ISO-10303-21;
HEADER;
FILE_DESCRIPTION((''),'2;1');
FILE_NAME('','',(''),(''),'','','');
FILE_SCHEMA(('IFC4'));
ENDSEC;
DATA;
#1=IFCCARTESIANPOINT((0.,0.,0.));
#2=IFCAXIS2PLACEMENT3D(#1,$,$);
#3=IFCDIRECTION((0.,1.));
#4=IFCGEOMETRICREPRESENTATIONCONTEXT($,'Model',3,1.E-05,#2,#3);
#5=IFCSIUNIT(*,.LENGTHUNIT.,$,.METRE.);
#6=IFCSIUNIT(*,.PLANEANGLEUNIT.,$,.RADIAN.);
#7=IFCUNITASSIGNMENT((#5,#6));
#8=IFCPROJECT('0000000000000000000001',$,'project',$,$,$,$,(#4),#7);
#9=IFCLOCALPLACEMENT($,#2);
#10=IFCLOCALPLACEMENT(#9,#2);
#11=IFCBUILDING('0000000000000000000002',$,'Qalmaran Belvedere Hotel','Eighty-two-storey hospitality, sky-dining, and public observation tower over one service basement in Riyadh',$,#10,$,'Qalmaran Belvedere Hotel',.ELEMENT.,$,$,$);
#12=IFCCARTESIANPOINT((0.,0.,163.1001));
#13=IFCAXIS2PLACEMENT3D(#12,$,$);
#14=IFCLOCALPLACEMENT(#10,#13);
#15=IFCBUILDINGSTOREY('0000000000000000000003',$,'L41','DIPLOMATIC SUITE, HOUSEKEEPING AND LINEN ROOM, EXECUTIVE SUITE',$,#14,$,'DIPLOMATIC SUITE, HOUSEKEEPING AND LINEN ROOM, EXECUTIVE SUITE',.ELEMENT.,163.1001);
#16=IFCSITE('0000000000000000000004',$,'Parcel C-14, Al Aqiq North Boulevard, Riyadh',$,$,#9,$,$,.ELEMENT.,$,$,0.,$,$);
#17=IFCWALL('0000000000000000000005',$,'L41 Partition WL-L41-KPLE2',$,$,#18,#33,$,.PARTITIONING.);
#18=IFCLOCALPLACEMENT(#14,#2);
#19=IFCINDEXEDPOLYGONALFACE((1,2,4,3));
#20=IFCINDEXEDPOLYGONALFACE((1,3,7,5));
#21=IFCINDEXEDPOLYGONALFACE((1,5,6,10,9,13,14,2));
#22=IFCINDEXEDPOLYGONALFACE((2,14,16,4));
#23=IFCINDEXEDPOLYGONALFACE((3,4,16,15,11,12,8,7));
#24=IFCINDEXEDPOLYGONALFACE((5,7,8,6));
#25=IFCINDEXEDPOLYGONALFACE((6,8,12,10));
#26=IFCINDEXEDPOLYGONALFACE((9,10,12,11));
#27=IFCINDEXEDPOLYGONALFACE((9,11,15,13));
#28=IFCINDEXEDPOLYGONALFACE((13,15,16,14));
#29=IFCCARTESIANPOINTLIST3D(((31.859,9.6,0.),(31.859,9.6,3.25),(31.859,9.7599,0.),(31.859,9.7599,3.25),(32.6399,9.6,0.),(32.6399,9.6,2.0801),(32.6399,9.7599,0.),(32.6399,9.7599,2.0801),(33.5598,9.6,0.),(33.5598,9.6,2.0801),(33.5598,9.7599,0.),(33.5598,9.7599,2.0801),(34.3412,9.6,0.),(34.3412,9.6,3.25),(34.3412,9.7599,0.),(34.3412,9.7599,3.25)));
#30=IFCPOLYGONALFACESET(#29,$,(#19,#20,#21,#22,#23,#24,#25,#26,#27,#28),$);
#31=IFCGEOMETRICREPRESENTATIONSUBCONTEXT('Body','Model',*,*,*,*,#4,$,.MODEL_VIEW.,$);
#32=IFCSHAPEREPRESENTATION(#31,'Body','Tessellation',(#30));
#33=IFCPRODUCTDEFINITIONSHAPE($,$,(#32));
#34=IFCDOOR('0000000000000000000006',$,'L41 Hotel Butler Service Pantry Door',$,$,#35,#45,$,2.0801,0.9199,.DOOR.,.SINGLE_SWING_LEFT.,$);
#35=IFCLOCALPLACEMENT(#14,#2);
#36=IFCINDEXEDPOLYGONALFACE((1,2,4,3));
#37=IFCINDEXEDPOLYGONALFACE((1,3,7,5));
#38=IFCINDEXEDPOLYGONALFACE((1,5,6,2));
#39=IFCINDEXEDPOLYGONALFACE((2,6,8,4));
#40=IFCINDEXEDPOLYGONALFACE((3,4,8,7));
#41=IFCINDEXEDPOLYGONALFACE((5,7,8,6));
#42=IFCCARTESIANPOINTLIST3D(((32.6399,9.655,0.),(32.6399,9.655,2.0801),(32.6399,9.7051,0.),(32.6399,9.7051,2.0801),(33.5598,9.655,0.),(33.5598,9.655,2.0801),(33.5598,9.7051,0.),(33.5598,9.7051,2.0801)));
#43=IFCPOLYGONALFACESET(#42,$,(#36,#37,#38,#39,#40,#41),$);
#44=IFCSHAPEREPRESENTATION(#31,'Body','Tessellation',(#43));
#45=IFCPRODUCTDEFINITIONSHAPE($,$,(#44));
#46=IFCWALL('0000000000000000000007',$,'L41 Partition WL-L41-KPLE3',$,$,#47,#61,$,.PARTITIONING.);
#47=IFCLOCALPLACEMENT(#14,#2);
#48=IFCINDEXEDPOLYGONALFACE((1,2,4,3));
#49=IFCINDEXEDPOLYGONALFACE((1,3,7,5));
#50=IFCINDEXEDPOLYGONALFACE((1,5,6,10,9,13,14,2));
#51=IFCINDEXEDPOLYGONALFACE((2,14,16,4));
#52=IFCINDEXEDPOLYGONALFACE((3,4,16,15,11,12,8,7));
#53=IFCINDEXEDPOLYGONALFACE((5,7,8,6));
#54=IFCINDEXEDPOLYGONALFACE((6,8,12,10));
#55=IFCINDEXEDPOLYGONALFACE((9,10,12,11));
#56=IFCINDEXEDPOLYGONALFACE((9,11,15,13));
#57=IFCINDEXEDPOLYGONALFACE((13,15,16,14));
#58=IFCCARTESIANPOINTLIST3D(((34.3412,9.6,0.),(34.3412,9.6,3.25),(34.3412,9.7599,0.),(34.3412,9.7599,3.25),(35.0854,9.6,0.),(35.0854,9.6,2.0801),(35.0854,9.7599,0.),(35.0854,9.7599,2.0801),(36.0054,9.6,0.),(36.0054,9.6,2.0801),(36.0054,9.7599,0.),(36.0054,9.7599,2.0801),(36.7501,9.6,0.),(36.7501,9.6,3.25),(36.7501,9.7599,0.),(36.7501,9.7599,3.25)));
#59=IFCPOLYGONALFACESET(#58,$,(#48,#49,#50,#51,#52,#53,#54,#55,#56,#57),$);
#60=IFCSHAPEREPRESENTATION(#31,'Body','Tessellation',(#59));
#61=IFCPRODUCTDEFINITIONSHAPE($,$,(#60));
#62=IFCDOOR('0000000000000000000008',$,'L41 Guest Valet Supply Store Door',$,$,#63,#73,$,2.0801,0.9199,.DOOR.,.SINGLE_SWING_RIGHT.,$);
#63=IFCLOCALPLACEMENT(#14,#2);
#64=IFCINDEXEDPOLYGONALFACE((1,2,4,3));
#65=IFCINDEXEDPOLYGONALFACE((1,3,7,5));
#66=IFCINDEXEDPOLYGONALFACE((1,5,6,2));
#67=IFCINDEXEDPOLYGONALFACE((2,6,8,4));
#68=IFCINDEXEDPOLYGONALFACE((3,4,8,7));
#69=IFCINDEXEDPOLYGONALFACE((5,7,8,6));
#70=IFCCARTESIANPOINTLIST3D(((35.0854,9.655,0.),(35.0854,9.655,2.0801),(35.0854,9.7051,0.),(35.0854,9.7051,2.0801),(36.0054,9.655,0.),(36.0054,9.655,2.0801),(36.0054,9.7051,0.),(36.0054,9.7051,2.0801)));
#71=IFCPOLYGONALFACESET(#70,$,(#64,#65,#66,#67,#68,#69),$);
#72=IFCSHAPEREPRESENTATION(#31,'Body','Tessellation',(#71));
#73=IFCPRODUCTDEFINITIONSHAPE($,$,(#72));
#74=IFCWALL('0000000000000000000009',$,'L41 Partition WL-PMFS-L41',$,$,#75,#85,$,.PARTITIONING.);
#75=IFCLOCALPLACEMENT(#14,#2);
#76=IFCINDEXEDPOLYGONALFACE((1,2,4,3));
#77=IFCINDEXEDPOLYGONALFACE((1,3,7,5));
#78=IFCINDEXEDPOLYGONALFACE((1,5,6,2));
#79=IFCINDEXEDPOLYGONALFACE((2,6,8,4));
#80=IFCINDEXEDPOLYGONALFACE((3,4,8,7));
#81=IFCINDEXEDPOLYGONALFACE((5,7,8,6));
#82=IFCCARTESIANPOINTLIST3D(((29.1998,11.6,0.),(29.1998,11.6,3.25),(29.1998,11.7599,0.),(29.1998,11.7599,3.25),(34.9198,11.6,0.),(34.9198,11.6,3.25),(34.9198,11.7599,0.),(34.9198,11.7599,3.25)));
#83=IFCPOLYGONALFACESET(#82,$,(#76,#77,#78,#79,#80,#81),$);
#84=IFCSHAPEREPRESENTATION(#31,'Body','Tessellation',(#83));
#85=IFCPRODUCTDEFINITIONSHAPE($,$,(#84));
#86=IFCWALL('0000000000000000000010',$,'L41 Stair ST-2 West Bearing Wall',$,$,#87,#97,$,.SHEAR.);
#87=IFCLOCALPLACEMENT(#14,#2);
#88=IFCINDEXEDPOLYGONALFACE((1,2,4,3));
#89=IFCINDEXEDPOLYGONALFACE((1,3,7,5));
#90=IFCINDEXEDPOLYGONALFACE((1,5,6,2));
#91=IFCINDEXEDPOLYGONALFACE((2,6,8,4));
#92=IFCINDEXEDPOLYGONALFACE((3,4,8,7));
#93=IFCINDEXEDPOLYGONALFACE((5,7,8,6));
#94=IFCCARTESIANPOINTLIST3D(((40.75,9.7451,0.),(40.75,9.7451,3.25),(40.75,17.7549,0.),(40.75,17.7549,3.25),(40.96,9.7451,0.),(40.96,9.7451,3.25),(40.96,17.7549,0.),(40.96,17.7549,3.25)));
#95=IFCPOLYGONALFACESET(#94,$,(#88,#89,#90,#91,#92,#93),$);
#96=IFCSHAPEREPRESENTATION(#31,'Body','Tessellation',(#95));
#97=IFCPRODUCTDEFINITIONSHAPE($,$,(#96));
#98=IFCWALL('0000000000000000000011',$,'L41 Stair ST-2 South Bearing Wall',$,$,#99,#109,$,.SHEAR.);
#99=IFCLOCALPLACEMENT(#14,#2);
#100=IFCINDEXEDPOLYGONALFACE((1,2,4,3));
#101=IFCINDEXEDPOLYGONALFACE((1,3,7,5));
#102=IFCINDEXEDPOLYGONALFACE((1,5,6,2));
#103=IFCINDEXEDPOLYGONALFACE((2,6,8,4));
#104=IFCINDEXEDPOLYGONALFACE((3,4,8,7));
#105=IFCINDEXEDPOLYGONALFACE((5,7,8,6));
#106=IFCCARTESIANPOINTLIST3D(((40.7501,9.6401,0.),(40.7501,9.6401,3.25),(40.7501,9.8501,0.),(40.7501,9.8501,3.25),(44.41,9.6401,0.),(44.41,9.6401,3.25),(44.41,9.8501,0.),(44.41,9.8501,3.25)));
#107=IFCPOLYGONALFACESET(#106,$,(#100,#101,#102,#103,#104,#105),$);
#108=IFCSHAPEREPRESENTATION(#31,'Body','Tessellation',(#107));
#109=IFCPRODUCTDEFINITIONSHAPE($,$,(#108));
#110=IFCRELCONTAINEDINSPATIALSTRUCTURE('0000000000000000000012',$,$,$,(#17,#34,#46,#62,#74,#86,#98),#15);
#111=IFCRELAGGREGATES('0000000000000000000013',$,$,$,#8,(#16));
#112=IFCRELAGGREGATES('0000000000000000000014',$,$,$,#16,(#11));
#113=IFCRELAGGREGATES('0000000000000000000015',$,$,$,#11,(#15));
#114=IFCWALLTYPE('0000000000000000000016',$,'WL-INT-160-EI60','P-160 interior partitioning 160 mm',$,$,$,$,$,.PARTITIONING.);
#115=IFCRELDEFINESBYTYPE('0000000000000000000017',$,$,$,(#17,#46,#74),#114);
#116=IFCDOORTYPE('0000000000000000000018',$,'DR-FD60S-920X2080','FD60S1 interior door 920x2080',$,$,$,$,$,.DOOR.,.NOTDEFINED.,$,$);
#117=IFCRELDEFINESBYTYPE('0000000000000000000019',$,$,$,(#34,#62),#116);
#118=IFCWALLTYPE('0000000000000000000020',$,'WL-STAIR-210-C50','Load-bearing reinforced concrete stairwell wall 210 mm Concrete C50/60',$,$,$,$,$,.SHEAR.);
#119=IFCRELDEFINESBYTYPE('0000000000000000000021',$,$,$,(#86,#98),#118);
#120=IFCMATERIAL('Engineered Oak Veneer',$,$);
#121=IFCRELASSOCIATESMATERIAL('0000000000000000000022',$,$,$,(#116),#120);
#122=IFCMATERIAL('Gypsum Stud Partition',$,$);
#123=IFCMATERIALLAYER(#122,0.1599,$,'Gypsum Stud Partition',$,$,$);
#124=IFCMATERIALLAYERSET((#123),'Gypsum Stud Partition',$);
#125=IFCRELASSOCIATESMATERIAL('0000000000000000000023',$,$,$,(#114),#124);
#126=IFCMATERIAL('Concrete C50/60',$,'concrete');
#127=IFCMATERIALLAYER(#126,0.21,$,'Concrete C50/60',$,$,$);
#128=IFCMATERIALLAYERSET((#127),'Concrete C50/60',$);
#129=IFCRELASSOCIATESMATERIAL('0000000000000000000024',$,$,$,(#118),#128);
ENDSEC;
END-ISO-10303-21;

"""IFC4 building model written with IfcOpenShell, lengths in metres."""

from ifc_helpers import new_model, si_unit, direction, frame, frame_2d, origin, place, context, subcontext, project, spatial, rectangle, extrude, material, layer, layer_set, type_object, element, fill, save


model = new_model("IFC4")

# Units and contexts
model_context = context("Model", 3, precision=1e-05, world=origin(), true_north=direction((0.0, 1.0)))
body_context = subcontext(model_context, "Body", "Model", "MODEL_VIEW")
ifc_project = project(units=[si_unit("LENGTHUNIT", "METRE"), si_unit("PLANEANGLEUNIT", "RADIAN")], contexts=[model_context])

# Site, building, storey
site_placement = place(None, origin())
site = spatial("IfcSite", under=ifc_project, at=site_placement, Name="Parcel C-14, Al Aqiq North Boulevard, Riyadh", CompositionType="ELEMENT", RefElevation=0.0)
building_placement = place(site_placement, origin())
building = spatial("IfcBuilding", under=site, at=building_placement, Name="Qalmaran Belvedere Hotel", Description="Eighty-two-storey hospitality, sky-dining, and public observation tower over one service basement in Riyadh", LongName="Qalmaran Belvedere Hotel", CompositionType="ELEMENT")
storey_placement = place(building_placement, frame((0.0, 0.0, 163.1001)))
storey = spatial("IfcBuildingStorey", under=building, at=storey_placement, Name="L41", Description="DIPLOMATIC SUITE, HOUSEKEEPING AND LINEN ROOM, EXECUTIVE SUITE", LongName="DIPLOMATIC SUITE, HOUSEKEEPING AND LINEN ROOM, EXECUTIVE SUITE", CompositionType="ELEMENT", Elevation=163.1001)

# Shared definitions
ifc_material_1 = material(Name="Concrete C50/60", Category="concrete")

# Shared definitions
ifc_material_2 = material(Name="Gypsum Stud Partition")

# Shared definitions
ifc_material_3 = material(Name="Engineered Oak Veneer")
door_type_1 = type_object("IfcDoorType", Name="DR-FD60S-920X2080", Description="FD60S1 interior door 920x2080", OperationType="NOTDEFINED", PredefinedType="DOOR", material=ifc_material_3)
ifc_layer_1 = layer(ifc_material_2, 0.1599, Name="Gypsum Stud Partition")
ifc_layer_set_1 = layer_set([ifc_layer_1], Name="Gypsum Stud Partition")
wall_type_1 = type_object("IfcWallType", Name="WL-INT-160-EI60", Description="P-160 interior partitioning 160 mm", PredefinedType="PARTITIONING", material=ifc_layer_set_1)

# Walls, openings, doors
wall_1_placement = place(storey_placement, frame((31.8589, 9.6799, 0.0), z_axis=(0.0, 0.0, 1.0), x_axis=(1.0, 0.0, 0.0)))
wall_1 = element("IfcWall", 1, at=wall_1_placement, inside=storey, type_object=wall_type_1, Name="L41 Partition WL-L41-KPLE2", PredefinedType="PARTITIONING", context=body_context, shape_type="SweptSolid", body=[
    extrude(rectangle(XDim=2.4822, YDim=0.1599, at=frame_2d((1.2412, 0.0))), origin(), (0.0, 0.0, 1.0), 3.25),
])
opening_1_placement = place(wall_1_placement, frame((1.7009, 0.0, 0.0), z_axis=(0.0, 0.0, 1.0), x_axis=(-1.0, 0.0, 0.0)))
opening_1 = element("IfcOpeningElement", 2, at=opening_1_placement, cuts=wall_1, PredefinedType="OPENING", context=body_context, shape_type="SweptSolid", body=[
    extrude(rectangle(XDim=0.9199, YDim=2.0801, at=frame_2d((0.46, 1.04))), frame((0.0, 0.0898, 0.0), z_axis=(0.0, -1.0, 0.0), x_axis=(1.0, 0.0, 0.0)), (0.0, 0.0, 1.0), 0.1799),
])
door_1_placement = place(opening_1_placement, origin())
door_1 = element("IfcDoor", 3, at=door_1_placement, inside=storey, type_object=door_type_1, Name="L41 Hotel Butler Service Pantry Door", OperationType="SINGLE_SWING_LEFT", OverallHeight=2.0801, OverallWidth=0.9199, PredefinedType="DOOR", context=body_context, shape_type="SweptSolid", body=[
    extrude(rectangle(XDim=0.9199, YDim=2.0801, at=frame_2d((0.46, 1.04))), frame((0.0, 0.0249, 0.0), z_axis=(0.0, -1.0, 0.0), x_axis=(1.0, 0.0, 0.0)), (0.0, 0.0, 1.0), 0.05),
])
fill(opening_1, door_1)
wall_2_placement = place(storey_placement, frame((34.3411, 9.6799, 0.0), z_axis=(0.0, 0.0, 1.0), x_axis=(1.0, 0.0, 0.0)))
wall_2 = element("IfcWall", 4, at=wall_2_placement, inside=storey, type_object=wall_type_1, Name="L41 Partition WL-L41-KPLE3", PredefinedType="PARTITIONING", context=body_context, shape_type="SweptSolid", body=[
    extrude(rectangle(XDim=2.4089, YDim=0.1599, at=frame_2d((1.2046, 0.0))), origin(), (0.0, 0.0, 1.0), 3.25),
])
opening_2_placement = place(wall_2_placement, frame((1.6643, 0.0, 0.0), z_axis=(0.0, 0.0, 1.0), x_axis=(-1.0, 0.0, 0.0)))
opening_2 = element("IfcOpeningElement", 5, at=opening_2_placement, cuts=wall_2, PredefinedType="OPENING", context=body_context, shape_type="SweptSolid", body=[
    extrude(rectangle(XDim=0.9199, YDim=2.0801, at=frame_2d((0.46, 1.04))), frame((0.0, 0.0898, 0.0), z_axis=(0.0, -1.0, 0.0), x_axis=(1.0, 0.0, 0.0)), (0.0, 0.0, 1.0), 0.1799),
])
door_2_placement = place(opening_2_placement, origin())
door_2 = element("IfcDoor", 6, at=door_2_placement, inside=storey, type_object=door_type_1, Name="L41 Guest Valet Supply Store Door", OperationType="SINGLE_SWING_RIGHT", OverallHeight=2.0801, OverallWidth=0.9199, PredefinedType="DOOR", context=body_context, shape_type="SweptSolid", body=[
    extrude(rectangle(XDim=0.9199, YDim=2.0801, at=frame_2d((0.46, 1.04))), frame((0.0, 0.0249, 0.0), z_axis=(0.0, -1.0, 0.0), x_axis=(1.0, 0.0, 0.0)), (0.0, 0.0, 1.0), 0.05),
])
fill(opening_2, door_2)

# Walls
wall_3_placement = place(storey_placement, frame((29.2, 11.6799, 0.0), z_axis=(0.0, 0.0, 1.0), x_axis=(1.0, 0.0, 0.0)))
element("IfcWall", 7, at=wall_3_placement, inside=storey, type_object=wall_type_1, Name="L41 Partition WL-PMFS-L41", PredefinedType="PARTITIONING", context=body_context, shape_type="SweptSolid", body=[
    extrude(rectangle(XDim=5.72, YDim=0.1599, at=frame_2d((2.8599, 0.0))), origin(), (0.0, 0.0, 1.0), 3.25),
])
ifc_layer_2 = layer(ifc_material_1, 0.21, Name="Concrete C50/60")
ifc_layer_set_2 = layer_set([ifc_layer_2], Name="Concrete C50/60")
wall_type_2 = type_object("IfcWallType", Name="WL-STAIR-210-C50", Description="Load-bearing reinforced concrete stairwell wall 210 mm Concrete C50/60", PredefinedType="SHEAR", material=ifc_layer_set_2)
wall_4_placement = place(storey_placement, frame((40.855, 9.7451, 0.0), z_axis=(0.0, 0.0, 1.0), x_axis=(0.0, 1.0, 0.0)))
element("IfcWall", 8, at=wall_4_placement, inside=storey, type_object=wall_type_2, Name="L41 Stair ST-2 West Bearing Wall", PredefinedType="SHEAR", context=body_context, shape_type="SweptSolid", body=[
    extrude(rectangle(XDim=8.0098, YDim=0.21, at=frame_2d((4.0049, 0.0))), origin(), (0.0, 0.0, 1.0), 3.25),
])
wall_5_placement = place(storey_placement, frame((40.75, 9.7451, 0.0), z_axis=(0.0, 0.0, 1.0), x_axis=(1.0, 0.0, 0.0)))
element("IfcWall", 9, at=wall_5_placement, inside=storey, type_object=wall_type_2, Name="L41 Stair ST-2 South Bearing Wall", PredefinedType="SHEAR", context=body_context, shape_type="SweptSolid", body=[
    extrude(rectangle(XDim=3.6599, YDim=0.21, at=frame_2d((1.8301, 0.0))), origin(), (0.0, 0.0, 1.0), 3.25),
])

save(model, "model.ifc")
